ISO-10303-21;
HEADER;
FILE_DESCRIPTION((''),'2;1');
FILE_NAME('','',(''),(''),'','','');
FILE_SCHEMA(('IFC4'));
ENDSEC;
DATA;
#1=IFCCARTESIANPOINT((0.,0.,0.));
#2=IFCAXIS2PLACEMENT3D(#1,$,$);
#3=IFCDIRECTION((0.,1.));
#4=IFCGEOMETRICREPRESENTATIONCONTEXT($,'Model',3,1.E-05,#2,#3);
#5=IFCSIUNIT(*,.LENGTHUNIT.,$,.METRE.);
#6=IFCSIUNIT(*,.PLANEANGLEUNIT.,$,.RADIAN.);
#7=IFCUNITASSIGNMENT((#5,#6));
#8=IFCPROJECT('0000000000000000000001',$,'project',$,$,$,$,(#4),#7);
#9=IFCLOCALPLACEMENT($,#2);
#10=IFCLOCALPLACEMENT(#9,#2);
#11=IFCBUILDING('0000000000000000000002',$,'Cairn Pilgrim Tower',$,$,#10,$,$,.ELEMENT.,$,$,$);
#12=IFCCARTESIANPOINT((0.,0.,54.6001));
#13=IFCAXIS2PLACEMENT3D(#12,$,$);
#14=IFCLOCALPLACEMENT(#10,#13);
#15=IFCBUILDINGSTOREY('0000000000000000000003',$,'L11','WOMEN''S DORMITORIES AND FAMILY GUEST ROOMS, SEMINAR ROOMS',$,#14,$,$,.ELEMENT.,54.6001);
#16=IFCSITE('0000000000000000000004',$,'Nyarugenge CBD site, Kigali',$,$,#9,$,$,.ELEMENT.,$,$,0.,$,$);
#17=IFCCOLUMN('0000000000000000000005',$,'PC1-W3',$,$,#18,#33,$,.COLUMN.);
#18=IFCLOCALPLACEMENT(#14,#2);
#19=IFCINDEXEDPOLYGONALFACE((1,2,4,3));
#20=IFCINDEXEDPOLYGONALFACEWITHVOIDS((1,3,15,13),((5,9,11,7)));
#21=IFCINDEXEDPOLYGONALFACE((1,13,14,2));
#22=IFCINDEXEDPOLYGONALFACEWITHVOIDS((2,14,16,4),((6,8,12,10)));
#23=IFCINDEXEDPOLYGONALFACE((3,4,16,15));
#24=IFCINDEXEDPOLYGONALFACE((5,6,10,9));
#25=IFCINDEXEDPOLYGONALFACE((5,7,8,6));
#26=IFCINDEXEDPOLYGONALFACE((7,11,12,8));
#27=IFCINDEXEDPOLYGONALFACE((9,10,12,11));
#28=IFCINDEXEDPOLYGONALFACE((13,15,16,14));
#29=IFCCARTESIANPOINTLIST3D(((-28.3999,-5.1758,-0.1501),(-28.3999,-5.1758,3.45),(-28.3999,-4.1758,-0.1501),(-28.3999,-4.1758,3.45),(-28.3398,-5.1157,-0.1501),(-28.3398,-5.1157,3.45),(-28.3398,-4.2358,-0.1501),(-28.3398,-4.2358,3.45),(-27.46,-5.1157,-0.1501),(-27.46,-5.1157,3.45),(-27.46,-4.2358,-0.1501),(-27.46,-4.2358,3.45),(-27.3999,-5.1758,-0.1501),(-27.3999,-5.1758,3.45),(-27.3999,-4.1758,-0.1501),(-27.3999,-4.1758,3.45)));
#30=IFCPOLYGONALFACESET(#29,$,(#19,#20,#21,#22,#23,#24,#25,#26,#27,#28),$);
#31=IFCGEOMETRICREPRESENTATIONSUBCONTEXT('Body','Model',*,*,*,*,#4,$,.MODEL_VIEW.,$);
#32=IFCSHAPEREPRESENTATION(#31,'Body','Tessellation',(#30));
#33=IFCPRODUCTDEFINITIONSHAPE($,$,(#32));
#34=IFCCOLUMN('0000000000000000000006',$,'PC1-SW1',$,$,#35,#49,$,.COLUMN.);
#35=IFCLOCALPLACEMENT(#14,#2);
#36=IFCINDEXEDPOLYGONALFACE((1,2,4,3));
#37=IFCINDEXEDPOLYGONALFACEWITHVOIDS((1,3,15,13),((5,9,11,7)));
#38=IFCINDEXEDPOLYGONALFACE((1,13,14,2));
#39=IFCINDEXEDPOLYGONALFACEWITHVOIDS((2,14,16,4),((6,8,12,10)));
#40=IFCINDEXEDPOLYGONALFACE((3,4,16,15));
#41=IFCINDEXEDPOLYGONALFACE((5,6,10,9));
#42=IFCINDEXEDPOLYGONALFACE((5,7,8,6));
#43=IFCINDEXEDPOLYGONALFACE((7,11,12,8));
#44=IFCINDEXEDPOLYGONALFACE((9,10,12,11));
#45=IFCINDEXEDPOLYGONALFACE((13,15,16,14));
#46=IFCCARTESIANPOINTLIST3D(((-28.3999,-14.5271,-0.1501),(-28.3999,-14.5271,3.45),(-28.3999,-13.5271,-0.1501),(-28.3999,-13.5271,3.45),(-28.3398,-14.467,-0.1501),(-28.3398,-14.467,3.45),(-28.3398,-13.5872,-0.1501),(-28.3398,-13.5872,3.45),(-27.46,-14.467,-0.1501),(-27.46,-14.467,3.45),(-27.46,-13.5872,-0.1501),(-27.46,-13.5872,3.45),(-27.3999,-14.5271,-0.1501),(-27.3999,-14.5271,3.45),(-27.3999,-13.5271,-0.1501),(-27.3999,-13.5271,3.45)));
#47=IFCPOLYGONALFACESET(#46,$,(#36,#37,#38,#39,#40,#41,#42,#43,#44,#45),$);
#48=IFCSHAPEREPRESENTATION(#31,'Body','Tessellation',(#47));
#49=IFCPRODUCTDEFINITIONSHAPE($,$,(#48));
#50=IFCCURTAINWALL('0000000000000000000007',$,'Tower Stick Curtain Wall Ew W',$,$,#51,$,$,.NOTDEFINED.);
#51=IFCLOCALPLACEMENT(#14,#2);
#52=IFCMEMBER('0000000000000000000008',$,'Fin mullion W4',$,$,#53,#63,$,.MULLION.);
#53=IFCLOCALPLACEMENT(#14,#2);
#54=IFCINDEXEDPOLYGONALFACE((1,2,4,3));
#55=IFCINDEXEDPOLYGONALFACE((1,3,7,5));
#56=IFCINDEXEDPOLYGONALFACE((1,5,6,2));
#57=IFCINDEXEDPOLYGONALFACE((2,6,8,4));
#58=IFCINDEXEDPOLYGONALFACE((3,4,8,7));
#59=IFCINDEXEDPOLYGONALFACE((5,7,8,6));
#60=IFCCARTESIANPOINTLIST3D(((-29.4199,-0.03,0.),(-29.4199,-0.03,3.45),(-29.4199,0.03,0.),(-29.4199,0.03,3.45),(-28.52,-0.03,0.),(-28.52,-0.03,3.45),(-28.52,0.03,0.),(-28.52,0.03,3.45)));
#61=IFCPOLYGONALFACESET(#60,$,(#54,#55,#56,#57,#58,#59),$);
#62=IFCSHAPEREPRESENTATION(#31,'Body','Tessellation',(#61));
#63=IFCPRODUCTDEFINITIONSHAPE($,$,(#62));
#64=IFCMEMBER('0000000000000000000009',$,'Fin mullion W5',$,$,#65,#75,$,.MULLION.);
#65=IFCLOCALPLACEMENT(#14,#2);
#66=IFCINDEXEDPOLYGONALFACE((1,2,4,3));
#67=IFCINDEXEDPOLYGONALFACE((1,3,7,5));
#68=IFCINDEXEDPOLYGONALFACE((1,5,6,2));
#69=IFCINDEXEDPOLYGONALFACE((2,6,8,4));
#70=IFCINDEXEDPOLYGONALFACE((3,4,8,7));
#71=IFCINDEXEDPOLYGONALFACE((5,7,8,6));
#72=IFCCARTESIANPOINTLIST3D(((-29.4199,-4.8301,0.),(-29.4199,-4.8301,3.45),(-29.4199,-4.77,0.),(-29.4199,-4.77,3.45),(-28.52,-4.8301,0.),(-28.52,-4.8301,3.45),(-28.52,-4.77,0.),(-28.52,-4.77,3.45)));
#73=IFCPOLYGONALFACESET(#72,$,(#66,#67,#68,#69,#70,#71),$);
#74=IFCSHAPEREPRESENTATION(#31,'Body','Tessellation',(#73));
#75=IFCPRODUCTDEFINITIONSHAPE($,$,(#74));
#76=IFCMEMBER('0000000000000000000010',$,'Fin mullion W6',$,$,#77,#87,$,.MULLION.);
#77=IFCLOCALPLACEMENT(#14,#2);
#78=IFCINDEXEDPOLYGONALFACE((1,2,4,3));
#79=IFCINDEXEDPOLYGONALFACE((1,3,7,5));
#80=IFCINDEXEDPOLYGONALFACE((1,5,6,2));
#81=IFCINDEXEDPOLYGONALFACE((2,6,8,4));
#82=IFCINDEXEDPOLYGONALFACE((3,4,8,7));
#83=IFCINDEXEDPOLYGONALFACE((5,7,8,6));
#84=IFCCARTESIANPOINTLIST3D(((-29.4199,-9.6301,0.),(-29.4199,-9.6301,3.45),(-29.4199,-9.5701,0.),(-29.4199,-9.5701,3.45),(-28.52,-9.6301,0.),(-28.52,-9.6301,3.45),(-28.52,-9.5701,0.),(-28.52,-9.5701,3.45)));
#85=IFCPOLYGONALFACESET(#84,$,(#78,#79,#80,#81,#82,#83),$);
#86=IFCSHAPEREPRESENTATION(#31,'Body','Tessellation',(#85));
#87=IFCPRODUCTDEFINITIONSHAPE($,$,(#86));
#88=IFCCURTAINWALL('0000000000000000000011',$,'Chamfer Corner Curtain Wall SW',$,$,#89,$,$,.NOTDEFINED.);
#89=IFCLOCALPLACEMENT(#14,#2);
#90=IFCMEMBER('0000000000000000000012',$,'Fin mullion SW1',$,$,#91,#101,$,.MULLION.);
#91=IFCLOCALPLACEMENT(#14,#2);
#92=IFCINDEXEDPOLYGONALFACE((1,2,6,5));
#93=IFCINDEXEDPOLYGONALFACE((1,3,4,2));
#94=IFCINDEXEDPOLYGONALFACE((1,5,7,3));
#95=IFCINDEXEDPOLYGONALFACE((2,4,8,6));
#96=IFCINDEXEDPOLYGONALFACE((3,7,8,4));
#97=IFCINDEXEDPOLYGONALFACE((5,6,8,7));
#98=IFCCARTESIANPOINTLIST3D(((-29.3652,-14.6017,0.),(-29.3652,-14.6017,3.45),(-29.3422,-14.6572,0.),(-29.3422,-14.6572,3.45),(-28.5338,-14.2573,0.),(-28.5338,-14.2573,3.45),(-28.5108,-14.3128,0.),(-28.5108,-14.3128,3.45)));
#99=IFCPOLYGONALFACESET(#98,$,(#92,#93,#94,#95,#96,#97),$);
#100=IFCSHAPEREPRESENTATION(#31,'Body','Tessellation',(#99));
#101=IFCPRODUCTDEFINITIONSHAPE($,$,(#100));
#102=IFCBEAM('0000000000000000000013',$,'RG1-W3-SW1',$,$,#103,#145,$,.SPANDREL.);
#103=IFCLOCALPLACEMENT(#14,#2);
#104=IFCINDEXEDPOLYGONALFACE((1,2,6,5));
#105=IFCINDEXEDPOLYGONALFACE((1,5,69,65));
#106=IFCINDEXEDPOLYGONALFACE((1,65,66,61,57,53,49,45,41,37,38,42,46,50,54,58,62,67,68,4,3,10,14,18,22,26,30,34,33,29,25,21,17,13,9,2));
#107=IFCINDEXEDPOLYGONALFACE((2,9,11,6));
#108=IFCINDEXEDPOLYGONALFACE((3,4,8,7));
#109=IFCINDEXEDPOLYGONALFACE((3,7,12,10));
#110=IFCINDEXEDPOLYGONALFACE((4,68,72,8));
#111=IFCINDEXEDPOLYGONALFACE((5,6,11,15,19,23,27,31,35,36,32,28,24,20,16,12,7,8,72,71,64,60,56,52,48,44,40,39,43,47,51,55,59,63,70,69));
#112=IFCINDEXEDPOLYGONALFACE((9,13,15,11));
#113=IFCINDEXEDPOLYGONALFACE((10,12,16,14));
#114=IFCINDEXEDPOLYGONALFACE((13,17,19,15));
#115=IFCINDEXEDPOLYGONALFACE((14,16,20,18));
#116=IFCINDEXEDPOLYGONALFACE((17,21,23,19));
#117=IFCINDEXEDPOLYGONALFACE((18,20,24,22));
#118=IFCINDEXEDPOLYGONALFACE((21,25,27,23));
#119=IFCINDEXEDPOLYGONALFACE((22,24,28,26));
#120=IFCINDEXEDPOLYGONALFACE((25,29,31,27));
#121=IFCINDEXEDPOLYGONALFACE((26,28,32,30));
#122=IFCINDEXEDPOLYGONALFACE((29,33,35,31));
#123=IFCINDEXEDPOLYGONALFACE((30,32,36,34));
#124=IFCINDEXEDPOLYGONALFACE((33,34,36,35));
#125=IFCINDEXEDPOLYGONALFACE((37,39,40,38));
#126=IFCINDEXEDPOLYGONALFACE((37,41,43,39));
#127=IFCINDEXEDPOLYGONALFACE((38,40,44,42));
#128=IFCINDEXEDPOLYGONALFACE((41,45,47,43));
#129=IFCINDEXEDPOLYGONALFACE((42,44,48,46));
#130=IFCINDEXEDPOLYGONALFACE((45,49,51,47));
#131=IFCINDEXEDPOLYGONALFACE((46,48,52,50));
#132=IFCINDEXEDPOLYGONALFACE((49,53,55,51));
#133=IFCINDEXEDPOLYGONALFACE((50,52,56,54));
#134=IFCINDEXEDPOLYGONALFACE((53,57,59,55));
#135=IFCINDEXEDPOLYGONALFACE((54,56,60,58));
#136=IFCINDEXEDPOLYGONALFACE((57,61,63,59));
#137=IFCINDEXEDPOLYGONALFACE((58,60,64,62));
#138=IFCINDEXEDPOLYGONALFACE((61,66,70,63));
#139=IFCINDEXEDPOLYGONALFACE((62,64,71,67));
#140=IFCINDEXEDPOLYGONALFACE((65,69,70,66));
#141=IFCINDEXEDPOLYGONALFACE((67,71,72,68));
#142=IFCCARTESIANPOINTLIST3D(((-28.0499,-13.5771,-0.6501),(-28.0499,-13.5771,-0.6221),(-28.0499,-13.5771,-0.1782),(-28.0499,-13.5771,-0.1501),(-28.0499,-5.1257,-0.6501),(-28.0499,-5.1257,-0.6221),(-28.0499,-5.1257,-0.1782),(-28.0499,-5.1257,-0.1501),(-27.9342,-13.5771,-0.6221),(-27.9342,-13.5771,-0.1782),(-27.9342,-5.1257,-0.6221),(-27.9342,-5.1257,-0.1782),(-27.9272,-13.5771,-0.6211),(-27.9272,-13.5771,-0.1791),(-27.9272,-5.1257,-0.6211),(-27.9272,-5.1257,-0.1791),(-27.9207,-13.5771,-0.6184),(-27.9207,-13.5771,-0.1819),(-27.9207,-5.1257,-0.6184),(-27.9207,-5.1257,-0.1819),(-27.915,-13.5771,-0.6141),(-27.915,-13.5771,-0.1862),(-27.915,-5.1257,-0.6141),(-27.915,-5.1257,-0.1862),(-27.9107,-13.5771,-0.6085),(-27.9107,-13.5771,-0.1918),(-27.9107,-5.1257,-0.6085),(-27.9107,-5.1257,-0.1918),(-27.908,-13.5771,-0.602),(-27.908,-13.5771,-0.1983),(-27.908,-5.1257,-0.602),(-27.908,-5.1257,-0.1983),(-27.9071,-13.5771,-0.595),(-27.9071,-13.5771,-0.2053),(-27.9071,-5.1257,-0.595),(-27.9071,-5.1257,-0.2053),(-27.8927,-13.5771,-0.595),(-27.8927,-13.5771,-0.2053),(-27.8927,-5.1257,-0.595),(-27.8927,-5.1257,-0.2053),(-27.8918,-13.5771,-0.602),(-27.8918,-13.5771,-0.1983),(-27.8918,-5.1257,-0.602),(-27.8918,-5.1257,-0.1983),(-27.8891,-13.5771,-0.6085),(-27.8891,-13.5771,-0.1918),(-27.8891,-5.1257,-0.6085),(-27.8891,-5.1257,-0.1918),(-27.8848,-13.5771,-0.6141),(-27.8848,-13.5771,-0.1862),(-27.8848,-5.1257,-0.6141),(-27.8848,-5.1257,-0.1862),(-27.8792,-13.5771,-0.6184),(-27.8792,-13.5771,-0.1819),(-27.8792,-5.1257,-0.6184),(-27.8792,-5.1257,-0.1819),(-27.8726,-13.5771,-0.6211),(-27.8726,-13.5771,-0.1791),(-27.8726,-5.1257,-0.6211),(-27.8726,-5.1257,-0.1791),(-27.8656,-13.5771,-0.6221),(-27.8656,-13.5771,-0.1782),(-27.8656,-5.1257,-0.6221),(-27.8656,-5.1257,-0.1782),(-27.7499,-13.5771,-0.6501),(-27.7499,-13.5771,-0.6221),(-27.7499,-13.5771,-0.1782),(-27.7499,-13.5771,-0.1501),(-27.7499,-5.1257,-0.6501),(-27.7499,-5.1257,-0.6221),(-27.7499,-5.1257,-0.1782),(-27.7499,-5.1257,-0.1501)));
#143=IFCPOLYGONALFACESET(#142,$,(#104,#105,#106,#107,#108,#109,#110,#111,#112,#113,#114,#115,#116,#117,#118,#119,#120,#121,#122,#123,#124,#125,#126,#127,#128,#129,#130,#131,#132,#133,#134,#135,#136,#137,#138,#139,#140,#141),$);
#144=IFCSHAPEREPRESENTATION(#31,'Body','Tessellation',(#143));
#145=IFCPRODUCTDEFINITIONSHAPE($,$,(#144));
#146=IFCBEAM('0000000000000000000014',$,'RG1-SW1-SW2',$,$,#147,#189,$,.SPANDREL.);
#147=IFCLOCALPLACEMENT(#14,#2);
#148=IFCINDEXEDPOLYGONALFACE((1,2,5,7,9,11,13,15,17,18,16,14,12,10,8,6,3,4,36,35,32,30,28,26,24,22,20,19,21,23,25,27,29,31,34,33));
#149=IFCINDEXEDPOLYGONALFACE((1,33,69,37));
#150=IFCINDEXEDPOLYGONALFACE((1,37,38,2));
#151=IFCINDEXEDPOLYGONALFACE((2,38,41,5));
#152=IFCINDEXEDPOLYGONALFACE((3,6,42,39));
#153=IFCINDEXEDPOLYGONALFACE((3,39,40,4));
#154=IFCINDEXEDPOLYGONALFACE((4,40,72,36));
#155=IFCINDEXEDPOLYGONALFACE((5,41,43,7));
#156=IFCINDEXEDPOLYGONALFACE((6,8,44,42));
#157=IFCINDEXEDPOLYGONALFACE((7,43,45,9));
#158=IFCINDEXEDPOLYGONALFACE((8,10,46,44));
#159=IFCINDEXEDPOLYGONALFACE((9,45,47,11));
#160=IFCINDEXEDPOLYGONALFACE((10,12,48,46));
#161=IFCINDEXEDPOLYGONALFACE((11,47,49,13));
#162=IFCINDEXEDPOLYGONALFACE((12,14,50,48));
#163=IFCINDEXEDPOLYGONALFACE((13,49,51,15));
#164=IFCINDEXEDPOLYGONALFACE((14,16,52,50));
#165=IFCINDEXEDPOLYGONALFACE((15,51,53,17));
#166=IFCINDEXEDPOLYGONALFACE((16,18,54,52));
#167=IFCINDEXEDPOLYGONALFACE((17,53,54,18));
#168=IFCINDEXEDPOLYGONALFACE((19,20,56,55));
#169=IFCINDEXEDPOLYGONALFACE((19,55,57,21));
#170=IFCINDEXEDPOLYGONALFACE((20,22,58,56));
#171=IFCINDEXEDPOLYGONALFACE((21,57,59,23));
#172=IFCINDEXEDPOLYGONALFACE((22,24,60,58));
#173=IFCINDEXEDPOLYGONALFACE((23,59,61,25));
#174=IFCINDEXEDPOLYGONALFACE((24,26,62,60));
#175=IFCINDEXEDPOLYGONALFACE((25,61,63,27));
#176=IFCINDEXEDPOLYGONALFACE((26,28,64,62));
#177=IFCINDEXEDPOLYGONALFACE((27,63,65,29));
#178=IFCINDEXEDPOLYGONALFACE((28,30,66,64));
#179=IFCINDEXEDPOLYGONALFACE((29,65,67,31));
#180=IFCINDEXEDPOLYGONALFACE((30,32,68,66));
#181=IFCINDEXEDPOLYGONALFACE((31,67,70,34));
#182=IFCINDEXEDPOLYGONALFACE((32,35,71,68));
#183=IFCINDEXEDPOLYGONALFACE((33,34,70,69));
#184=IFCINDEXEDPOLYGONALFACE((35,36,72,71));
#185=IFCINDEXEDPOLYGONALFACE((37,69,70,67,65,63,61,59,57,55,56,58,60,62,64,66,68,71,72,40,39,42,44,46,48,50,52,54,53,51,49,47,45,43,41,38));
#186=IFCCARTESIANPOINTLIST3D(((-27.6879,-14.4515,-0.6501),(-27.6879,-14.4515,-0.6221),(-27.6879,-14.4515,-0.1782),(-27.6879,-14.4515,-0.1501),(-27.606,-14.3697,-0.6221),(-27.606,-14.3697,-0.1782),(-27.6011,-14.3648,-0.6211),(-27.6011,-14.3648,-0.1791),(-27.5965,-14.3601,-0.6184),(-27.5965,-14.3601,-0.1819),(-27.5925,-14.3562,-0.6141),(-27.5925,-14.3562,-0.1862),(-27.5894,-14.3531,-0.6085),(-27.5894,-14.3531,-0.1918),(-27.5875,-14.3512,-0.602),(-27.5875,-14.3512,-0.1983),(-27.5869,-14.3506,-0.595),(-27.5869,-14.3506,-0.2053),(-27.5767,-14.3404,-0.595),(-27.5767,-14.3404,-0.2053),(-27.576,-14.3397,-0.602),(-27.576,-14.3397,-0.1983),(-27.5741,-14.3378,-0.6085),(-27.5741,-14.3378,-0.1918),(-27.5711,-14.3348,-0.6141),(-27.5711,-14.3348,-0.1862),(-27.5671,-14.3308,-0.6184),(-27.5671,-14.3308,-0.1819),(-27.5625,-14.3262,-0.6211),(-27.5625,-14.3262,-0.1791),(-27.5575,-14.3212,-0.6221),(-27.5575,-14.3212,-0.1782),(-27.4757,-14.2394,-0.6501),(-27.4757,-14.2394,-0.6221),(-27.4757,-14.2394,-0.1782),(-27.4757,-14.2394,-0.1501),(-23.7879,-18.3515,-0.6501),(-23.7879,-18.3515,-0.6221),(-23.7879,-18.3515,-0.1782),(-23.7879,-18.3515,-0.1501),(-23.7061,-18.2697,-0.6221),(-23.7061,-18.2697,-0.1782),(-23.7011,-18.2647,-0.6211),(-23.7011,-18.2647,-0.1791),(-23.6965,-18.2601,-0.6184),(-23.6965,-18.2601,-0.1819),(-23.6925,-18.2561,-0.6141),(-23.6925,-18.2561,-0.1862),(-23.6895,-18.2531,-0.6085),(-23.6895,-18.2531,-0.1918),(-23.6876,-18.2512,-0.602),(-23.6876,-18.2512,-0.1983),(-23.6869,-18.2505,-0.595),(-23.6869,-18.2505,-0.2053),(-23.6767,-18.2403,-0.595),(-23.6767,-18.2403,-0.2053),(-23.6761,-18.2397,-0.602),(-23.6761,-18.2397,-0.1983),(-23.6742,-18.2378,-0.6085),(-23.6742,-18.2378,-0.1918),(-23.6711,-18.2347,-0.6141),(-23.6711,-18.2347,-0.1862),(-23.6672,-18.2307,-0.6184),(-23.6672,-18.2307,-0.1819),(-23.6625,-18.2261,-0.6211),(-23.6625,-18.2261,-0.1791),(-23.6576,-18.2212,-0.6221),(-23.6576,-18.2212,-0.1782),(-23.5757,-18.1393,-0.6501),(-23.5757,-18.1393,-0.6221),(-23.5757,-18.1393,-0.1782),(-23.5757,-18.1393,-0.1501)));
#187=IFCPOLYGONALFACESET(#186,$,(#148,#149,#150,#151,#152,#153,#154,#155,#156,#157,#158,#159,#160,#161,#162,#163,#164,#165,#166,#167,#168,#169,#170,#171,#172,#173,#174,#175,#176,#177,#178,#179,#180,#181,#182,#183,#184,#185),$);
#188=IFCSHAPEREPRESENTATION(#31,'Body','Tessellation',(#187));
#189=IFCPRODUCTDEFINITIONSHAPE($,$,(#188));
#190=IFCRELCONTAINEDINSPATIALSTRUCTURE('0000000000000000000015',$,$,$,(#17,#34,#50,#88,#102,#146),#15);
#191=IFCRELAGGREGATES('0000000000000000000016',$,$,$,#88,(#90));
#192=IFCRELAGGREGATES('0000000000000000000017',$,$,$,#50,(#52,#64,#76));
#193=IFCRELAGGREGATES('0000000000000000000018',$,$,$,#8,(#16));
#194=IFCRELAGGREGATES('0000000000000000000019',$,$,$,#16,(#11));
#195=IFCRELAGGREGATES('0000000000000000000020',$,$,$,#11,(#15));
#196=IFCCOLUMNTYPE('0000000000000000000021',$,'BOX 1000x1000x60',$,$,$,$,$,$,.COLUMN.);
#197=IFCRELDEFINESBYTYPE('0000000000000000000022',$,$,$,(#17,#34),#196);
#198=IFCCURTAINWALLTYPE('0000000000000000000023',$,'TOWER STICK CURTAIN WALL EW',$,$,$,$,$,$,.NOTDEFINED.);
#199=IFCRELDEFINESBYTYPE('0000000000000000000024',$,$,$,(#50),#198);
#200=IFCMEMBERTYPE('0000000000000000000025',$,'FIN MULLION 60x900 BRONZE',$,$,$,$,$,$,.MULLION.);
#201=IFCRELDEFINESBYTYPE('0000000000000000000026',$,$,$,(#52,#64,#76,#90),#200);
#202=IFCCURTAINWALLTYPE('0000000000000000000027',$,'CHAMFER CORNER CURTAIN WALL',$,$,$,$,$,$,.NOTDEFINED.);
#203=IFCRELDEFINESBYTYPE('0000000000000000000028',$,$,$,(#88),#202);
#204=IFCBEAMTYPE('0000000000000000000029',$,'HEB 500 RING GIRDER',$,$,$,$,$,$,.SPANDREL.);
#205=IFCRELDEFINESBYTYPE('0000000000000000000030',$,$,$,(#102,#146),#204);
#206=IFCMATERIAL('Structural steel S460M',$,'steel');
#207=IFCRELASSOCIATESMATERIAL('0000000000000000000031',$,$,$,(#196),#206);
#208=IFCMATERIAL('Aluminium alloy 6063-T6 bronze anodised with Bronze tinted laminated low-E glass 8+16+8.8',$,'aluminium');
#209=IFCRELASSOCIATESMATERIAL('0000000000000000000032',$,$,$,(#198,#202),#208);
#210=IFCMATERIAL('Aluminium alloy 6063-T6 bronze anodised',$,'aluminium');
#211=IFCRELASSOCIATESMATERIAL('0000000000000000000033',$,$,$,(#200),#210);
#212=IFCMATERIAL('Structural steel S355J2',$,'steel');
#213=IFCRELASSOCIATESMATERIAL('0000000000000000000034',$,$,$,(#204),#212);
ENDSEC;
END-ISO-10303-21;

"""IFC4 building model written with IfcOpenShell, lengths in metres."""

from ifc_helpers import new_model, si_unit, direction, frame, origin, origin_2d, place, context, subcontext, project, spatial, rectangle, hollow_rectangle, i_section, extrude, material, material_profile, profile_set, type_object, element, aggregate, save


model = new_model("IFC4")

# Units and contexts
model_context = context("Model", 3, precision=1e-05, world=origin(), true_north=direction((0.0, 1.0)))
body_context = subcontext(model_context, "Body", "Model", "MODEL_VIEW")
ifc_project = project(units=[si_unit("LENGTHUNIT", "METRE"), si_unit("PLANEANGLEUNIT", "RADIAN")], contexts=[model_context])

# Site, building, storey
site_placement = place(None, origin())
site = spatial("IfcSite", under=ifc_project, at=site_placement, Name="Nyarugenge CBD site, Kigali", CompositionType="ELEMENT", RefElevation=0.0)
building_placement = place(site_placement, origin())
building = spatial("IfcBuilding", under=site, at=building_placement, Name="Cairn Pilgrim Tower", CompositionType="ELEMENT")
storey_placement = place(building_placement, frame((0.0, 0.0, 54.6001)))
storey = spatial("IfcBuildingStorey", under=building, at=storey_placement, Name="L11", Description="WOMEN'S DORMITORIES AND FAMILY GUEST ROOMS, SEMINAR ROOMS", CompositionType="ELEMENT", Elevation=54.6001)

# Columns
ifc_material_1 = material(Name="Structural steel S460M", Category="steel")
ifc_material_profile_1 = material_profile(ifc_material_1, hollow_rectangle(XDim=1.0, YDim=1.0, WallThickness=0.0601, at=origin_2d()), Name="BOX 1000x1000x60")
ifc_profile_set_1 = profile_set([ifc_material_profile_1], Name="Structural steel S460M")
column_type = type_object("IfcColumnType", Name="BOX 1000x1000x60", PredefinedType="COLUMN", material=ifc_profile_set_1)
for number, where, z_axis, x_axis, name in (
    (1, (-27.8999, -4.6758, -0.1501), (0.0, 0.0, 1.0), (1.0, 0.0, 0.0), "PC1-W3"),
    (2, (-27.8999, -14.0271, -0.1501), (0.0, 0.0, 1.0), (1.0, 0.0, 0.0), "PC1-SW1"),
):
    element("IfcColumn", number, at=place(storey_placement, frame(where, z_axis=z_axis, x_axis=x_axis)), inside=storey, type_object=column_type, Name=name, PredefinedType="COLUMN", context=body_context, shape_type="SweptSolid", body=[
        extrude(hollow_rectangle(XDim=1.0, YDim=1.0, WallThickness=0.0601, at=origin_2d()), origin(), (0.0, 0.0, 1.0), 3.6001),
    ])

# Curtain wall, members
ifc_material_2 = material(Name="Aluminium alloy 6063-T6 bronze anodised with Bronze tinted laminated low-E glass 8+16+8.8", Category="aluminium")
curtain_wall_type_1 = type_object("IfcCurtainWallType", Name="TOWER STICK CURTAIN WALL EW", PredefinedType="NOTDEFINED", material=ifc_material_2)
curtain_wall_1_placement = place(storey_placement, origin())
curtain_wall_1 = element("IfcCurtainWall", 3, at=curtain_wall_1_placement, inside=storey, type_object=curtain_wall_type_1, Name="Tower Stick Curtain Wall Ew W", PredefinedType="NOTDEFINED")
ifc_material_3 = material(Name="Aluminium alloy 6063-T6 bronze anodised", Category="aluminium")
ifc_material_profile_2 = material_profile(ifc_material_3, rectangle(XDim=0.8999, YDim=0.0601, at=origin_2d()), Name="FIN MULLION 60x900 BRONZE")
ifc_profile_set_2 = profile_set([ifc_material_profile_2], Name="Aluminium alloy 6063-T6 bronze anodised")
member_type_1 = type_object("IfcMemberType", Name="FIN MULLION 60x900 BRONZE", PredefinedType="MULLION", material=ifc_profile_set_2)
member_1_placement = place(storey_placement, frame((-28.97, 0.0, 0.0), z_axis=(0.0, 0.0, 1.0), x_axis=(-1.0, 0.0, 0.0)))
member_1 = element("IfcMember", 4, at=member_1_placement, type_object=member_type_1, Name="Fin mullion W4", PredefinedType="MULLION", context=body_context, shape_type="SweptSolid", body=[
    extrude(rectangle(XDim=0.8999, YDim=0.0601, at=origin_2d()), origin(), (0.0, 0.0, 1.0), 3.45),
])
member_2_placement = place(storey_placement, frame((-28.97, -4.8, 0.0), z_axis=(0.0, 0.0, 1.0), x_axis=(-1.0, 0.0, 0.0)))
member_2 = element("IfcMember", 5, at=member_2_placement, type_object=member_type_1, Name="Fin mullion W5", PredefinedType="MULLION", context=body_context, shape_type="SweptSolid", body=[
    extrude(rectangle(XDim=0.8999, YDim=0.0601, at=origin_2d()), origin(), (0.0, 0.0, 1.0), 3.45),
])
member_3_placement = place(storey_placement, frame((-28.97, -9.6001, 0.0), z_axis=(0.0, 0.0, 1.0), x_axis=(-1.0, 0.0, 0.0)))
member_3 = element("IfcMember", 6, at=member_3_placement, type_object=member_type_1, Name="Fin mullion W6", PredefinedType="MULLION", context=body_context, shape_type="SweptSolid", body=[
    extrude(rectangle(XDim=0.8999, YDim=0.0601, at=origin_2d()), origin(), (0.0, 0.0, 1.0), 3.45),
])

# Curtain wall, member
curtain_wall_type_2 = type_object("IfcCurtainWallType", Name="CHAMFER CORNER CURTAIN WALL", PredefinedType="NOTDEFINED", material=ifc_material_2)
curtain_wall_2_placement = place(storey_placement, origin())
curtain_wall_2 = element("IfcCurtainWall", 7, at=curtain_wall_2_placement, inside=storey, type_object=curtain_wall_type_2, Name="Chamfer Corner Curtain Wall SW", PredefinedType="NOTDEFINED")
member_4_placement = place(storey_placement, frame((-28.938, -14.4573, 0.0), z_axis=(0.0, 0.0, 1.0), x_axis=(-0.92388, -0.382683, 0.0)))
member_4 = element("IfcMember", 8, at=member_4_placement, type_object=member_type_1, Name="Fin mullion SW1", PredefinedType="MULLION", context=body_context, shape_type="SweptSolid", body=[
    extrude(rectangle(XDim=0.8999, YDim=0.0601, at=origin_2d()), origin(), (0.0, 0.0, 1.0), 3.45),
])

# Beams
ifc_material_4 = material(Name="Structural steel S355J2", Category="steel")
ifc_material_profile_3 = material_profile(ifc_material_4, i_section(OverallWidth=0.3, OverallDepth=0.5, WebThickness=0.0144, FlangeThickness=0.0281, FilletRadius=0.0271, at=origin_2d()), Name="HEB 500")
ifc_profile_set_3 = profile_set([ifc_material_profile_3], Name="Structural steel S355J2")
beam_type_1 = type_object("IfcBeamType", Name="HEB 500 RING GIRDER", PredefinedType="SPANDREL", material=ifc_profile_set_3)
beam_1_placement = place(storey_placement, frame((-27.8999, -5.1257, -0.4001), z_axis=(0.0, -1.0, 0.0), x_axis=(1.0, 0.0, 0.0)))
element("IfcBeam", 9, at=beam_1_placement, inside=storey, type_object=beam_type_1, Name="RG1-W3-SW1", PredefinedType="SPANDREL", context=body_context, shape_type="SweptSolid", body=[
    extrude(i_section(OverallWidth=0.3, OverallDepth=0.5, WebThickness=0.0144, FlangeThickness=0.0281, FilletRadius=0.0271, at=origin_2d()), origin(), (0.0, 0.0, 1.0), 8.4514),
])
beam_2_placement = place(storey_placement, frame((-27.5818, -14.3455, -0.4001), z_axis=(0.707107, -0.707107, 0.0), x_axis=(0.707107, 0.707107, 0.0)))
element("IfcBeam", 10, at=beam_2_placement, inside=storey, type_object=beam_type_1, Name="RG1-SW1-SW2", PredefinedType="SPANDREL", context=body_context, shape_type="SweptSolid", body=[
    extrude(i_section(OverallWidth=0.3, OverallDepth=0.5, WebThickness=0.0144, FlangeThickness=0.0281, FilletRadius=0.0271, at=origin_2d()), origin(), (0.0, 0.0, 1.0), 5.5154),
])

aggregate(curtain_wall_2, [member_4])

aggregate(curtain_wall_1, [member_1, member_2, member_3])

save(model, "model.ifc")
